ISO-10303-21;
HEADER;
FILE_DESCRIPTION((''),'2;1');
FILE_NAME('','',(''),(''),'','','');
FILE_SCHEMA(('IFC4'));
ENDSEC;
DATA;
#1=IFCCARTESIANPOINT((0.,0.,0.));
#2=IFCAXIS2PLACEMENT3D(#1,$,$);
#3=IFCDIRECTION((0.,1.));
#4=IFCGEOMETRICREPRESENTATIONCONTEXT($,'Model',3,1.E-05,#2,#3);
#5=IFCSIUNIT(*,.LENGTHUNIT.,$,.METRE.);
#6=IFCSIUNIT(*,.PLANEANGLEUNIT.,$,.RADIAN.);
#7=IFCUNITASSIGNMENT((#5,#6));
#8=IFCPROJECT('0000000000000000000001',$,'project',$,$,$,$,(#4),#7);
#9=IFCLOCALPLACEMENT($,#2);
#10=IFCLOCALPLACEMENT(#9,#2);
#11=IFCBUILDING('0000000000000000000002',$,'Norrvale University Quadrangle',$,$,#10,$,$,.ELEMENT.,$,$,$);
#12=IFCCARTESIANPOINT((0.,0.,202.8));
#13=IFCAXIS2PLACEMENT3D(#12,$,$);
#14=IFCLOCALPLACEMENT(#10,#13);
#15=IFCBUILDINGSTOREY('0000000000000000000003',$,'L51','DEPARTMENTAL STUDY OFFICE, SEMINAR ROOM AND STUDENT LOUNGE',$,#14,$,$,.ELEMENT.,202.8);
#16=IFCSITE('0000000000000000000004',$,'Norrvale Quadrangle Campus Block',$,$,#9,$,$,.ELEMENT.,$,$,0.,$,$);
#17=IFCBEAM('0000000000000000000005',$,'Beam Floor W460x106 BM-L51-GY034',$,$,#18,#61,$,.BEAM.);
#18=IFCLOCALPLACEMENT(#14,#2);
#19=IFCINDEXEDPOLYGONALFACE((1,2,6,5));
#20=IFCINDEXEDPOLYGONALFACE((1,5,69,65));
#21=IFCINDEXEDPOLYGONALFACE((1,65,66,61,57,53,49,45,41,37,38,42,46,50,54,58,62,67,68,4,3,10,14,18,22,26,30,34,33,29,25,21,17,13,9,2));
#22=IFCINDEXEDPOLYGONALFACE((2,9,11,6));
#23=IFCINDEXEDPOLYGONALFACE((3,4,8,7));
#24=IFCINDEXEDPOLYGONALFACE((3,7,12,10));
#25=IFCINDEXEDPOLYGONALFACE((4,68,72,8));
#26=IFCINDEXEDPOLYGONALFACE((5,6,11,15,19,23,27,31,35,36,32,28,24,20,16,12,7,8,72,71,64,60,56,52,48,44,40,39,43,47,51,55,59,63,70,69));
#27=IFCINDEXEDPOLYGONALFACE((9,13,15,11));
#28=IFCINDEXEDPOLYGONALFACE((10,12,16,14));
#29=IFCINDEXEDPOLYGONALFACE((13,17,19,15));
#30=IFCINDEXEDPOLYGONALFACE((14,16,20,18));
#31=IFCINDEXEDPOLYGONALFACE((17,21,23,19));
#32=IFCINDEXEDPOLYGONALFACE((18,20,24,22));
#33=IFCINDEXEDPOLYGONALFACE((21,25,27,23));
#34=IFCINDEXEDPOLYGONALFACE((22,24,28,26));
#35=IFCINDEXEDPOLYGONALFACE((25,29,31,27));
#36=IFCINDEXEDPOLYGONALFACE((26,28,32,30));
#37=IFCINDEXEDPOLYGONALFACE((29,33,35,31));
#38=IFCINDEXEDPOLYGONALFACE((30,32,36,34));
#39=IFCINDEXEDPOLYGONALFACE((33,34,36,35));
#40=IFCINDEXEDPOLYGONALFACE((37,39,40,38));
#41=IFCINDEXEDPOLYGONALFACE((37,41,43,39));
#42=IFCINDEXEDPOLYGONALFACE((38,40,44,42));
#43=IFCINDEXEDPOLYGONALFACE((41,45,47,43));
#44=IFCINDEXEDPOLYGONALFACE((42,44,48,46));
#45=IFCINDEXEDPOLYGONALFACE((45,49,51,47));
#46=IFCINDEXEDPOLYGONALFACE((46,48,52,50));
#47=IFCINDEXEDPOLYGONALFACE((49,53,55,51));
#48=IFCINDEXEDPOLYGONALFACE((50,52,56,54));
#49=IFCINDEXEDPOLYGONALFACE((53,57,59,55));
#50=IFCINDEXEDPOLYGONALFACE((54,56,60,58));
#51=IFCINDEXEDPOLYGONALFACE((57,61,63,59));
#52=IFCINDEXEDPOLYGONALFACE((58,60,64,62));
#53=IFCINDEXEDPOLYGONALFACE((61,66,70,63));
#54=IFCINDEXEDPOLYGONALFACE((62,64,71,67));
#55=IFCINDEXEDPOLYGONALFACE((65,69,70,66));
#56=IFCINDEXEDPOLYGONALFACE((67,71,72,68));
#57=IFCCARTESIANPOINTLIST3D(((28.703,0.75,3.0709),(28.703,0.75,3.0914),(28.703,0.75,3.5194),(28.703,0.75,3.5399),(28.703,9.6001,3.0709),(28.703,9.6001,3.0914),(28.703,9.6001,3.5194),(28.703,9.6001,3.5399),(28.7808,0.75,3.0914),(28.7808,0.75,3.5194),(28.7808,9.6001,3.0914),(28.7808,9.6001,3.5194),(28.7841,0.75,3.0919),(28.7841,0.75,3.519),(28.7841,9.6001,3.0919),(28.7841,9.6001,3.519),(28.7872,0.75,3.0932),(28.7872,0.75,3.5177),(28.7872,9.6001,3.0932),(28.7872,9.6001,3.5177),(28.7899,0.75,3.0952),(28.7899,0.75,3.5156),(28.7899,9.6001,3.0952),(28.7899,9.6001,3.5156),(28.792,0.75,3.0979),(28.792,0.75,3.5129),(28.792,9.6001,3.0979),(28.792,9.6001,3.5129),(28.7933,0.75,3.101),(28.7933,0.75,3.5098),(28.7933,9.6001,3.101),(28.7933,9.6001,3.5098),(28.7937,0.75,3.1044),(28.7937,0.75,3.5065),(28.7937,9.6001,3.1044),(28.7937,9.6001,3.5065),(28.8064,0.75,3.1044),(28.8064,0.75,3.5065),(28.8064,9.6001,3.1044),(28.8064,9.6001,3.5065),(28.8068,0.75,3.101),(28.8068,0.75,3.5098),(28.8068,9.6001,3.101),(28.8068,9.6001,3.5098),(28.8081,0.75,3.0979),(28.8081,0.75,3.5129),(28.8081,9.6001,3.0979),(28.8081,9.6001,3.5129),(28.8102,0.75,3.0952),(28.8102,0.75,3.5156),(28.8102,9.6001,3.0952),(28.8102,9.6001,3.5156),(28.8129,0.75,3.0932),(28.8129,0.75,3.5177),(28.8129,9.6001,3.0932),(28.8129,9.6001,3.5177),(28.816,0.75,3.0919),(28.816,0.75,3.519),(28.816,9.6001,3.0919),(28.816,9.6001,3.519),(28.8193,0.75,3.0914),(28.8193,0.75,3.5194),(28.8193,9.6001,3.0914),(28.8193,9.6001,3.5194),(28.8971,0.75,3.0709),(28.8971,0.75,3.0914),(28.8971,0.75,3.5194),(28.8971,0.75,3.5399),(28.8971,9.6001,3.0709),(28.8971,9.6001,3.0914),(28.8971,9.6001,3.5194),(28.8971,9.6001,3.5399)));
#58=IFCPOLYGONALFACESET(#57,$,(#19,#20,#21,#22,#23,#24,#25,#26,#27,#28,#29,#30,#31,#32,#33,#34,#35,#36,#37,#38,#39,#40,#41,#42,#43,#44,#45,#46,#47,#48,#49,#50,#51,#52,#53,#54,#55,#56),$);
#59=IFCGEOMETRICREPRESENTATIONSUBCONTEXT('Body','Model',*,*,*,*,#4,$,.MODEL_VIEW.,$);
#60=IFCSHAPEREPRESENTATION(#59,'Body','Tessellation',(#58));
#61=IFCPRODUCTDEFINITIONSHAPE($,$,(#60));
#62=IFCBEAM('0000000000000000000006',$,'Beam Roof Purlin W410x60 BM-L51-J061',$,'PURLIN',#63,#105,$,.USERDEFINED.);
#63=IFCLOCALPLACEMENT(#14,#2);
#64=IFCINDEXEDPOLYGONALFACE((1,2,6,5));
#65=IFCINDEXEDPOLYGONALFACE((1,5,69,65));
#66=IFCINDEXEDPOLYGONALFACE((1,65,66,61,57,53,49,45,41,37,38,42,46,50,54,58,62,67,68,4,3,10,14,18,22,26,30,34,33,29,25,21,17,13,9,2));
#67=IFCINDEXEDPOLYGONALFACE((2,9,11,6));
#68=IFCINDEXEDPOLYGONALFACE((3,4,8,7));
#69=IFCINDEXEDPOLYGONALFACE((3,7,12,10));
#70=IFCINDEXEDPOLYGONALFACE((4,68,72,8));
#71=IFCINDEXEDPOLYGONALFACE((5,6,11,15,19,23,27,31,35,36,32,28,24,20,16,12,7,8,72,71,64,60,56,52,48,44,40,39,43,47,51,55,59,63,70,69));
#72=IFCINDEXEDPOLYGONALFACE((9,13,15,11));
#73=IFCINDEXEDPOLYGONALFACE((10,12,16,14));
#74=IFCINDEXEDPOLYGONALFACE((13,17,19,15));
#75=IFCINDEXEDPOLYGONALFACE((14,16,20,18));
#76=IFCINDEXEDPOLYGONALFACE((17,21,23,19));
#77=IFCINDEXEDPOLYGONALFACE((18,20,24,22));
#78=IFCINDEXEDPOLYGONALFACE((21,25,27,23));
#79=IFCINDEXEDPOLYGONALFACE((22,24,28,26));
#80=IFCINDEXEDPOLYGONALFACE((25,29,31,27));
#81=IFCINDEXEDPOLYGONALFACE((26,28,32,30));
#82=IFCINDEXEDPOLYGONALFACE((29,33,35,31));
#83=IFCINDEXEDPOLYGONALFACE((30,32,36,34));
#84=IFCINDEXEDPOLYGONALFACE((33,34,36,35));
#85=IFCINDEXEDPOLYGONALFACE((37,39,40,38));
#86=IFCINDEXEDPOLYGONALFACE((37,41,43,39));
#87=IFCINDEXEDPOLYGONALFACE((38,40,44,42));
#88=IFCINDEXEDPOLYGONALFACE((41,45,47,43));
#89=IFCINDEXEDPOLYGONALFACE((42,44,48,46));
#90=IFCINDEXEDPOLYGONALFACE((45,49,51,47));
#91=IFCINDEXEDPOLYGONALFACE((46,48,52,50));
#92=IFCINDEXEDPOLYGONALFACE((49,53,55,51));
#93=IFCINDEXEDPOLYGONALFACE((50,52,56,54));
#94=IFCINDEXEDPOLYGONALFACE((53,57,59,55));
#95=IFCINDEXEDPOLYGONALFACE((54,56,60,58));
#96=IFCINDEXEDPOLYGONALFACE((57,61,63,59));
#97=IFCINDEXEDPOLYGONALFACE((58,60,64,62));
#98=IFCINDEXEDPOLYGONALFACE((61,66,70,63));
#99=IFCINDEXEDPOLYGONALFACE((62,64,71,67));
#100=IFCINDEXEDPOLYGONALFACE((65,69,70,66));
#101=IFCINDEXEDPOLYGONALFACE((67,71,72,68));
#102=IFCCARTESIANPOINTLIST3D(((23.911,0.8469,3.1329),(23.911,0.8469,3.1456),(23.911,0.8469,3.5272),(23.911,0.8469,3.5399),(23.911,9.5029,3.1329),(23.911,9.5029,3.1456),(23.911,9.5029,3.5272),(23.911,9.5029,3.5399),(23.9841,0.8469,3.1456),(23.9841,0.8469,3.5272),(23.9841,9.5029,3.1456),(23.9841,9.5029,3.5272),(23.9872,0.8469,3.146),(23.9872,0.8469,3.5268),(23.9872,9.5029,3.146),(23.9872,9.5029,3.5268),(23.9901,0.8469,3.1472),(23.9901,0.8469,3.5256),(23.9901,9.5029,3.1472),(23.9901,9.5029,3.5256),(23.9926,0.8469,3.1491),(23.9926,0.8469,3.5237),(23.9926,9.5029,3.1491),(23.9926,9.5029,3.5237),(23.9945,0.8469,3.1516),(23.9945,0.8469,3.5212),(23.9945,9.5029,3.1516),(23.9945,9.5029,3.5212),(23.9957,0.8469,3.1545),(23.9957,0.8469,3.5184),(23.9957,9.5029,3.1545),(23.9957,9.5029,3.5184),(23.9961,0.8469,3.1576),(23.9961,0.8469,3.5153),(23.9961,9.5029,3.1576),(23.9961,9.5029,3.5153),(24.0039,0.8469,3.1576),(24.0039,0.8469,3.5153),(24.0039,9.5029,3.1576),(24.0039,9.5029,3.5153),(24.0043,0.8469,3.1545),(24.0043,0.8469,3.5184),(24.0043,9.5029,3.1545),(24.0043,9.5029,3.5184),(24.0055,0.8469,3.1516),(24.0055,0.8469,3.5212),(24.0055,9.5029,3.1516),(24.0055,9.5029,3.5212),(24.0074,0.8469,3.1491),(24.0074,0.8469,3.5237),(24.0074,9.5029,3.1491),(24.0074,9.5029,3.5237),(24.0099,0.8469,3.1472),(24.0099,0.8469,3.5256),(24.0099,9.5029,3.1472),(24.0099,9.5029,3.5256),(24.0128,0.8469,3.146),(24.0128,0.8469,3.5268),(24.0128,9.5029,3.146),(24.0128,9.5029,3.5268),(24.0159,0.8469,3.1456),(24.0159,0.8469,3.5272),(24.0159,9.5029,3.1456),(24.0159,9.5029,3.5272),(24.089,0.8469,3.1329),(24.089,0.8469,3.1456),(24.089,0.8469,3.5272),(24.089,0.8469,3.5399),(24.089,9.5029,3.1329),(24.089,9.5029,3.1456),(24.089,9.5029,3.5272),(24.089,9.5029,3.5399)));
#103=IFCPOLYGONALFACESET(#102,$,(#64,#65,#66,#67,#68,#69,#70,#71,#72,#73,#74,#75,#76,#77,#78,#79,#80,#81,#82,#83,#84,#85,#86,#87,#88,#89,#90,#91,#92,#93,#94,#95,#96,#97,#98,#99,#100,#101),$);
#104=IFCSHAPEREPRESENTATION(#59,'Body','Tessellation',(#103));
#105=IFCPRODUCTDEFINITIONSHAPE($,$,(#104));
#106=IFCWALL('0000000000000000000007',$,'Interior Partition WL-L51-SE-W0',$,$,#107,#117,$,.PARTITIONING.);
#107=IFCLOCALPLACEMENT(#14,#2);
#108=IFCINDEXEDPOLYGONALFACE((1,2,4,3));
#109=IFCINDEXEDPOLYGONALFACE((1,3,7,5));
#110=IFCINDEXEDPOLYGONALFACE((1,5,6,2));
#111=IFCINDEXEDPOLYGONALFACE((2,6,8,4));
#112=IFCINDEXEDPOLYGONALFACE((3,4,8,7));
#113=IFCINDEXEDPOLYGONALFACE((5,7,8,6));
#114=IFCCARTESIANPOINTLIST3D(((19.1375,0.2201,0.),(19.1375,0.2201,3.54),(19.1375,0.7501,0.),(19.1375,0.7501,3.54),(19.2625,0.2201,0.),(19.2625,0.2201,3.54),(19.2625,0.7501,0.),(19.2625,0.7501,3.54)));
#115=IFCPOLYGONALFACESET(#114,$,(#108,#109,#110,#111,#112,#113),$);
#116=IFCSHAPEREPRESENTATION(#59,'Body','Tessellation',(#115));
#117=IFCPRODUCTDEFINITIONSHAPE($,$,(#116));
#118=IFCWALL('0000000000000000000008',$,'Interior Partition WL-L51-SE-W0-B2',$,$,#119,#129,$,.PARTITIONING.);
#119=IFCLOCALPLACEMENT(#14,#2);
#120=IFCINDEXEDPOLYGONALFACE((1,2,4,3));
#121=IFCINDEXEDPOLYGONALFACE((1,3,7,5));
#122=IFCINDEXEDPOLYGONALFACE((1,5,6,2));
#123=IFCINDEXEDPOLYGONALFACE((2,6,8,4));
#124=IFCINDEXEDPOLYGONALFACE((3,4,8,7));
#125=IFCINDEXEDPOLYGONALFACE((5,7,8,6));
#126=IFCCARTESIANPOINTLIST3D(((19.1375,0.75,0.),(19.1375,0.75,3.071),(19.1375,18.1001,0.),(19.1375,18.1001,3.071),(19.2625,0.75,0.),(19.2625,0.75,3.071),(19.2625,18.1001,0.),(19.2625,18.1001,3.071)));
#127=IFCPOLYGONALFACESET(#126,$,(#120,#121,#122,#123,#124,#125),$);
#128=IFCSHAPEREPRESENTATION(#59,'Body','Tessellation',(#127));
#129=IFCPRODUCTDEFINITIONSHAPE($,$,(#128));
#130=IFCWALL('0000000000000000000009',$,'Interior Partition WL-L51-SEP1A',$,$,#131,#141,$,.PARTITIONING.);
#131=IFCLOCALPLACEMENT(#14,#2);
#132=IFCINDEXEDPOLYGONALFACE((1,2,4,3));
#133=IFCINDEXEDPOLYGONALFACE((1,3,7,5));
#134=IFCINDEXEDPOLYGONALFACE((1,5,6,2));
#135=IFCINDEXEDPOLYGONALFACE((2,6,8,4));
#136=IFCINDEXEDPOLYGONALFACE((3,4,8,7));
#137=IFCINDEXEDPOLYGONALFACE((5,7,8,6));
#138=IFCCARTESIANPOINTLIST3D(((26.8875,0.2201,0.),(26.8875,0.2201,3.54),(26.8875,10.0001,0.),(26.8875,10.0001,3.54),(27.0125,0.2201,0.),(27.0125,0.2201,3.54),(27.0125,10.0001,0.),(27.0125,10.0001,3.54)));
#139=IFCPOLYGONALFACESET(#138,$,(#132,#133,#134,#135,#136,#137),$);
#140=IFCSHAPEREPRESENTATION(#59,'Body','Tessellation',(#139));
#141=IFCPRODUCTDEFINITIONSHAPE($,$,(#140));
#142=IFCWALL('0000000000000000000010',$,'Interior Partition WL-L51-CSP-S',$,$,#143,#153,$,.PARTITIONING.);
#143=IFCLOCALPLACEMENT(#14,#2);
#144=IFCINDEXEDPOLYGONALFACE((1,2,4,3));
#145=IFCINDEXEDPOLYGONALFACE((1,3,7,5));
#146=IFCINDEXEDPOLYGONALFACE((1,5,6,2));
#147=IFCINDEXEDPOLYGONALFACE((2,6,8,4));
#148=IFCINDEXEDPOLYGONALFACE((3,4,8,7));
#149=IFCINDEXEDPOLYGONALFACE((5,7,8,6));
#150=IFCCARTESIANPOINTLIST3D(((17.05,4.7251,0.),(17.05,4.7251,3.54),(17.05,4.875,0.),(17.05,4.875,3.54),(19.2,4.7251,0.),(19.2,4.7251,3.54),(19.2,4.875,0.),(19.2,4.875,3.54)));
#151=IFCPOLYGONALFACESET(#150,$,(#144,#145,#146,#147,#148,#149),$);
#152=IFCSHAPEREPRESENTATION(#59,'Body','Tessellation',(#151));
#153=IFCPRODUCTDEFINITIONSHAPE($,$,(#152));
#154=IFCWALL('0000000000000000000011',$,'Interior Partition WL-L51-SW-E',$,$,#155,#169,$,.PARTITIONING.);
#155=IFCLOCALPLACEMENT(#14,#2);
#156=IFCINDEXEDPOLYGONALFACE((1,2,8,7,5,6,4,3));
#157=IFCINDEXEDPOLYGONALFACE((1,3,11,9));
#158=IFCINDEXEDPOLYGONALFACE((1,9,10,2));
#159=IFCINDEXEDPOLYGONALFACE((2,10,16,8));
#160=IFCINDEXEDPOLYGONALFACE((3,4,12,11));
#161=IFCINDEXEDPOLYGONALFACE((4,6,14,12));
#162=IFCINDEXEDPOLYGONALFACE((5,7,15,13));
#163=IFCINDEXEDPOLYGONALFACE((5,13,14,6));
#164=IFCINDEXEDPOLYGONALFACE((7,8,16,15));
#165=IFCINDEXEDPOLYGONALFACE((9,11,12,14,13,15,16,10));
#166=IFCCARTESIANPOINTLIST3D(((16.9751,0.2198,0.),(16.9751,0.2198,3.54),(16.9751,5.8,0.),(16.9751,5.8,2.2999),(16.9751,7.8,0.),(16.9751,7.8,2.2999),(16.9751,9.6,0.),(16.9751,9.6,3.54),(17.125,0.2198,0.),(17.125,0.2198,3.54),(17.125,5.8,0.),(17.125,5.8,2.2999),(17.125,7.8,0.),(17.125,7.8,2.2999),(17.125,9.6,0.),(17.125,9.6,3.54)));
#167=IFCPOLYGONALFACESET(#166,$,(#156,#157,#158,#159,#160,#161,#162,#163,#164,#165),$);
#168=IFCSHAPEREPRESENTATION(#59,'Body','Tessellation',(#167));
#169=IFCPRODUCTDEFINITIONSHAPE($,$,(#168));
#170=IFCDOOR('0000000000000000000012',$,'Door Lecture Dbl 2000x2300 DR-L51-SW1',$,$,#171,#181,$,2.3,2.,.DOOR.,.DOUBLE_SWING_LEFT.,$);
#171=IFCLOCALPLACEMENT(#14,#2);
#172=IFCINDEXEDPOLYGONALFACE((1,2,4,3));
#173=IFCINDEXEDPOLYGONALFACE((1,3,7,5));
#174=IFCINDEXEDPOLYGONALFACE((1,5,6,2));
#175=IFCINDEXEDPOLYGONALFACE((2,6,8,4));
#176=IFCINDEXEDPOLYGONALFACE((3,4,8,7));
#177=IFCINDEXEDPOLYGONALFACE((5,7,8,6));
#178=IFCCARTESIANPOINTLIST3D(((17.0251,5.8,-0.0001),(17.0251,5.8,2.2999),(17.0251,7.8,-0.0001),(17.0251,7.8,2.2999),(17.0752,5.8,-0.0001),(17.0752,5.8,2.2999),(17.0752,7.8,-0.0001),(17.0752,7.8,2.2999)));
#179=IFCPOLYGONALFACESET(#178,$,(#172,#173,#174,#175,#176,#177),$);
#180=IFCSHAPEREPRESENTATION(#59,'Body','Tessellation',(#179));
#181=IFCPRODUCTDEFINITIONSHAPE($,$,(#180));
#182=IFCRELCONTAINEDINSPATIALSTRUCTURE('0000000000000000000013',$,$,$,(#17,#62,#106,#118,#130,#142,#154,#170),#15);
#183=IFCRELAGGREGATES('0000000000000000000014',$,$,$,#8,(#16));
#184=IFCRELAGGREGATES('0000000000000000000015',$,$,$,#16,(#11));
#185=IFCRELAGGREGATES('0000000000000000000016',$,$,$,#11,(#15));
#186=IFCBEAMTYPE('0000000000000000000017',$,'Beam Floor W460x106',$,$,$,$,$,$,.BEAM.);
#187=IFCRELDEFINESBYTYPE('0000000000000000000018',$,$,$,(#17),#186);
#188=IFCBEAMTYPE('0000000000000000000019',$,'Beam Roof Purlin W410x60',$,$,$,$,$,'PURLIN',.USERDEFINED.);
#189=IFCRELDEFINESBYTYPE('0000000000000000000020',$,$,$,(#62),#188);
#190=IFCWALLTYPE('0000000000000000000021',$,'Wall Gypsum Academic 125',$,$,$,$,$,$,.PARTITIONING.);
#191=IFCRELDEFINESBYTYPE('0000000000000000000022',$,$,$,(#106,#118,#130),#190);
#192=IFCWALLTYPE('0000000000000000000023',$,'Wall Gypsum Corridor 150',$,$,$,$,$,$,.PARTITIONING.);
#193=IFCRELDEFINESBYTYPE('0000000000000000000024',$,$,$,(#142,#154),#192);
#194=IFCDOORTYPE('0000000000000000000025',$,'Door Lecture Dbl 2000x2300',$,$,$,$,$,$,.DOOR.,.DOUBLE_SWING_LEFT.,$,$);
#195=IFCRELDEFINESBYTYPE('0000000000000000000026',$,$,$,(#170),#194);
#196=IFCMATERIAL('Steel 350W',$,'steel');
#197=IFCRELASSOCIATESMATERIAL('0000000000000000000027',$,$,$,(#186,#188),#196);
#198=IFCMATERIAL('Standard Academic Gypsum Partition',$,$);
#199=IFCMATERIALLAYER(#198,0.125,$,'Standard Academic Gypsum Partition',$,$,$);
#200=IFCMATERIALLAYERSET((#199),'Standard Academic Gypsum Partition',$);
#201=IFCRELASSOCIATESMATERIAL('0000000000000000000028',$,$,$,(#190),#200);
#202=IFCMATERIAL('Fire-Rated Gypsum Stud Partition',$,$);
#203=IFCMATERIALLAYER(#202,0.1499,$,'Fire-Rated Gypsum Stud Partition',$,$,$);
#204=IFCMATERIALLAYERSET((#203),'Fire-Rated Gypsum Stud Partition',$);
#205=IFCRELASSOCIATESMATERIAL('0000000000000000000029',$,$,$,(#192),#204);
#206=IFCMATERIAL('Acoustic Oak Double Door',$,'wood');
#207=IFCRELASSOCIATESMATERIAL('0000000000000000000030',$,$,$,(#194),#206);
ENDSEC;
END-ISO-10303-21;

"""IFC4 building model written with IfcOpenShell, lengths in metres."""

from ifc_helpers import new_model, si_unit, direction, frame, frame_2d, origin, origin_2d, place, context, subcontext, project, spatial, rectangle, i_section, extrude, material, layer, layer_set, material_profile, profile_set, type_object, element, fill, save


model = new_model("IFC4")

# Units and contexts
model_context = context("Model", 3, precision=1e-05, world=origin(), true_north=direction((0.0, 1.0)))
body_context = subcontext(model_context, "Body", "Model", "MODEL_VIEW")
ifc_project = project(units=[si_unit("LENGTHUNIT", "METRE"), si_unit("PLANEANGLEUNIT", "RADIAN")], contexts=[model_context])

# Site, building, storey
site_placement = place(None, origin())
site = spatial("IfcSite", under=ifc_project, at=site_placement, Name="Norrvale Quadrangle Campus Block", CompositionType="ELEMENT", RefElevation=0.0)
building_placement = place(site_placement, origin())
building = spatial("IfcBuilding", under=site, at=building_placement, Name="Norrvale University Quadrangle", CompositionType="ELEMENT")
storey_placement = place(building_placement, frame((0.0, 0.0, 202.8)))
storey = spatial("IfcBuildingStorey", under=building, at=storey_placement, Name="L51", Description="DEPARTMENTAL STUDY OFFICE, SEMINAR ROOM AND STUDENT LOUNGE", CompositionType="ELEMENT", Elevation=202.8)

# Beams
ifc_material_1 = material(Name="Steel 350W", Category="steel")
ifc_material_profile_1 = material_profile(ifc_material_1, i_section(OverallWidth=0.1941, OverallDepth=0.469, WebThickness=0.0127, FlangeThickness=0.0205, FilletRadius=0.0129, at=origin_2d()), Name="Steel 350W")
ifc_profile_set_1 = profile_set([ifc_material_profile_1], Name="Steel 350W")
beam_type_1 = type_object("IfcBeamType", Name="Beam Floor W460x106", PredefinedType="BEAM", material=ifc_profile_set_1)
beam_1_placement = place(storey_placement, frame((28.8, 0.75, 3.3054), z_axis=(0.0, 1.0, 0.0), x_axis=(-1.0, 0.0, 0.0)))
element("IfcBeam", 1, at=beam_1_placement, inside=storey, type_object=beam_type_1, Name="Beam Floor W460x106 BM-L51-GY034", PredefinedType="BEAM", context=body_context, shape_type="SweptSolid", body=[
    extrude(i_section(OverallWidth=0.1941, OverallDepth=0.469, WebThickness=0.0127, FlangeThickness=0.0205, FilletRadius=0.0129, at=origin_2d()), origin(), (0.0, 0.0, 1.0), 8.8501),
])
ifc_material_profile_2 = material_profile(ifc_material_1, i_section(OverallWidth=0.178, OverallDepth=0.407, WebThickness=0.0078, FlangeThickness=0.0127, FilletRadius=0.012, at=origin_2d()), Name="Steel 350W")
ifc_profile_set_2 = profile_set([ifc_material_profile_2], Name="Steel 350W")
beam_type_2 = type_object("IfcBeamType", Name="Beam Roof Purlin W410x60", ElementType="PURLIN", PredefinedType="USERDEFINED", material=ifc_profile_set_2)
beam_2_placement = place(storey_placement, frame((24.0, 0.8469, 3.3364), z_axis=(0.0, 1.0, 0.0), x_axis=(-1.0, 0.0, 0.0)))
element("IfcBeam", 2, at=beam_2_placement, inside=storey, type_object=beam_type_2, Name="Beam Roof Purlin W410x60 BM-L51-J061", ObjectType="PURLIN", PredefinedType="USERDEFINED", context=body_context, shape_type="SweptSolid", body=[
    extrude(i_section(OverallWidth=0.178, OverallDepth=0.407, WebThickness=0.0078, FlangeThickness=0.0127, FilletRadius=0.012, at=origin_2d()), origin(), (0.0, 0.0, 1.0), 8.656),
])

# Walls
ifc_material_2 = material(Name="Standard Academic Gypsum Partition")
ifc_layer_1 = layer(ifc_material_2, 0.125, Name="Standard Academic Gypsum Partition")
ifc_layer_set_1 = layer_set([ifc_layer_1], Name="Standard Academic Gypsum Partition")
wall_type_1 = type_object("IfcWallType", Name="Wall Gypsum Academic 125", PredefinedType="PARTITIONING", material=ifc_layer_set_1)
wall_1_placement = place(storey_placement, frame((19.2, 0.22, 0.0), z_axis=(0.0, 0.0, 1.0), x_axis=(0.0, 1.0, 0.0)))
element("IfcWall", 3, at=wall_1_placement, inside=storey, type_object=wall_type_1, Name="Interior Partition WL-L51-SE-W0", PredefinedType="PARTITIONING", context=body_context, shape_type="SweptSolid", body=[
    extrude(rectangle(XDim=0.53, YDim=0.125, at=frame_2d((0.2651, 0.0))), origin(), (0.0, 0.0, 1.0), 3.54),
])
wall_2_placement = place(storey_placement, frame((19.2, 0.75, 0.0), z_axis=(0.0, 0.0, 1.0), x_axis=(0.0, 1.0, 0.0)))
element("IfcWall", 4, at=wall_2_placement, inside=storey, type_object=wall_type_1, Name="Interior Partition WL-L51-SE-W0-B2", PredefinedType="PARTITIONING", context=body_context, shape_type="SweptSolid", body=[
    extrude(rectangle(XDim=17.3501, YDim=0.125, at=frame_2d((8.675, 0.0))), origin(), (0.0, 0.0, 1.0), 3.071),
])
wall_3_placement = place(storey_placement, frame((26.95, 0.22, 0.0), z_axis=(0.0, 0.0, 1.0), x_axis=(0.0, 1.0, 0.0)))
element("IfcWall", 5, at=wall_3_placement, inside=storey, type_object=wall_type_1, Name="Interior Partition WL-L51-SEP1A", PredefinedType="PARTITIONING", context=body_context, shape_type="SweptSolid", body=[
    extrude(rectangle(XDim=9.78, YDim=0.125, at=frame_2d((4.8901, 0.0))), origin(), (0.0, 0.0, 1.0), 3.54),
])
ifc_material_3 = material(Name="Fire-Rated Gypsum Stud Partition")
ifc_layer_2 = layer(ifc_material_3, 0.1499, Name="Fire-Rated Gypsum Stud Partition")
ifc_layer_set_2 = layer_set([ifc_layer_2], Name="Fire-Rated Gypsum Stud Partition")
wall_type_2 = type_object("IfcWallType", Name="Wall Gypsum Corridor 150", PredefinedType="PARTITIONING", material=ifc_layer_set_2)
wall_4_placement = place(storey_placement, frame((17.05, 4.8, 0.0), z_axis=(0.0, 0.0, 1.0), x_axis=(1.0, 0.0, 0.0)))
element("IfcWall", 6, at=wall_4_placement, inside=storey, type_object=wall_type_2, Name="Interior Partition WL-L51-CSP-S", PredefinedType="PARTITIONING", context=body_context, shape_type="SweptSolid", body=[
    extrude(rectangle(XDim=2.1499, YDim=0.1499, at=frame_2d((1.075, 0.0))), origin(), (0.0, 0.0, 1.0), 3.54),
])

# Wall, opening, door
wall_5_placement = place(storey_placement, frame((17.05, 0.22, 0.0), z_axis=(0.0, 0.0, 1.0), x_axis=(0.0, 1.0, 0.0)))
wall_5 = element("IfcWall", 7, at=wall_5_placement, inside=storey, type_object=wall_type_2, Name="Interior Partition WL-L51-SW-E", PredefinedType="PARTITIONING", context=body_context, shape_type="SweptSolid", body=[
    extrude(rectangle(XDim=9.3801, YDim=0.1499, at=frame_2d((4.6899, 0.0))), origin(), (0.0, 0.0, 1.0), 3.54),
])
opening_placement = place(wall_5_placement, frame((5.5801, 0.0, 0.0)))
opening = element("IfcOpeningElement", 8, at=opening_placement, cuts=wall_5, PredefinedType="OPENING", context=body_context, shape_type="SweptSolid", body=[
    extrude(rectangle(XDim=2.0, YDim=2.3, at=frame_2d((1.0, 1.1499))), frame((0.0, 0.0869, 0.0), z_axis=(0.0, -1.0, 0.0), x_axis=(1.0, 0.0, 0.0)), (0.0, 0.0, 1.0), 0.1738),
])
ifc_material_4 = material(Name="Acoustic Oak Double Door", Category="wood")
door_type = type_object("IfcDoorType", Name="Door Lecture Dbl 2000x2300", OperationType="DOUBLE_SWING_LEFT", PredefinedType="DOOR", material=ifc_material_4)
door_placement = place(opening_placement, origin())
door = element("IfcDoor", 9, at=door_placement, inside=storey, type_object=door_type, Name="Door Lecture Dbl 2000x2300 DR-L51-SW1", OperationType="DOUBLE_SWING_LEFT", OverallHeight=2.3, OverallWidth=2.0, PredefinedType="DOOR", context=body_context, shape_type="SweptSolid", body=[
    extrude(rectangle(XDim=2.0, YDim=2.3, at=frame_2d((1.0, 1.1499))), frame((0.0, 0.0249, 0.0), z_axis=(0.0, -1.0, 0.0), x_axis=(1.0, 0.0, 0.0)), (0.0, 0.0, 1.0), 0.05),
])
fill(opening, door)

save(model, "model.ifc")
